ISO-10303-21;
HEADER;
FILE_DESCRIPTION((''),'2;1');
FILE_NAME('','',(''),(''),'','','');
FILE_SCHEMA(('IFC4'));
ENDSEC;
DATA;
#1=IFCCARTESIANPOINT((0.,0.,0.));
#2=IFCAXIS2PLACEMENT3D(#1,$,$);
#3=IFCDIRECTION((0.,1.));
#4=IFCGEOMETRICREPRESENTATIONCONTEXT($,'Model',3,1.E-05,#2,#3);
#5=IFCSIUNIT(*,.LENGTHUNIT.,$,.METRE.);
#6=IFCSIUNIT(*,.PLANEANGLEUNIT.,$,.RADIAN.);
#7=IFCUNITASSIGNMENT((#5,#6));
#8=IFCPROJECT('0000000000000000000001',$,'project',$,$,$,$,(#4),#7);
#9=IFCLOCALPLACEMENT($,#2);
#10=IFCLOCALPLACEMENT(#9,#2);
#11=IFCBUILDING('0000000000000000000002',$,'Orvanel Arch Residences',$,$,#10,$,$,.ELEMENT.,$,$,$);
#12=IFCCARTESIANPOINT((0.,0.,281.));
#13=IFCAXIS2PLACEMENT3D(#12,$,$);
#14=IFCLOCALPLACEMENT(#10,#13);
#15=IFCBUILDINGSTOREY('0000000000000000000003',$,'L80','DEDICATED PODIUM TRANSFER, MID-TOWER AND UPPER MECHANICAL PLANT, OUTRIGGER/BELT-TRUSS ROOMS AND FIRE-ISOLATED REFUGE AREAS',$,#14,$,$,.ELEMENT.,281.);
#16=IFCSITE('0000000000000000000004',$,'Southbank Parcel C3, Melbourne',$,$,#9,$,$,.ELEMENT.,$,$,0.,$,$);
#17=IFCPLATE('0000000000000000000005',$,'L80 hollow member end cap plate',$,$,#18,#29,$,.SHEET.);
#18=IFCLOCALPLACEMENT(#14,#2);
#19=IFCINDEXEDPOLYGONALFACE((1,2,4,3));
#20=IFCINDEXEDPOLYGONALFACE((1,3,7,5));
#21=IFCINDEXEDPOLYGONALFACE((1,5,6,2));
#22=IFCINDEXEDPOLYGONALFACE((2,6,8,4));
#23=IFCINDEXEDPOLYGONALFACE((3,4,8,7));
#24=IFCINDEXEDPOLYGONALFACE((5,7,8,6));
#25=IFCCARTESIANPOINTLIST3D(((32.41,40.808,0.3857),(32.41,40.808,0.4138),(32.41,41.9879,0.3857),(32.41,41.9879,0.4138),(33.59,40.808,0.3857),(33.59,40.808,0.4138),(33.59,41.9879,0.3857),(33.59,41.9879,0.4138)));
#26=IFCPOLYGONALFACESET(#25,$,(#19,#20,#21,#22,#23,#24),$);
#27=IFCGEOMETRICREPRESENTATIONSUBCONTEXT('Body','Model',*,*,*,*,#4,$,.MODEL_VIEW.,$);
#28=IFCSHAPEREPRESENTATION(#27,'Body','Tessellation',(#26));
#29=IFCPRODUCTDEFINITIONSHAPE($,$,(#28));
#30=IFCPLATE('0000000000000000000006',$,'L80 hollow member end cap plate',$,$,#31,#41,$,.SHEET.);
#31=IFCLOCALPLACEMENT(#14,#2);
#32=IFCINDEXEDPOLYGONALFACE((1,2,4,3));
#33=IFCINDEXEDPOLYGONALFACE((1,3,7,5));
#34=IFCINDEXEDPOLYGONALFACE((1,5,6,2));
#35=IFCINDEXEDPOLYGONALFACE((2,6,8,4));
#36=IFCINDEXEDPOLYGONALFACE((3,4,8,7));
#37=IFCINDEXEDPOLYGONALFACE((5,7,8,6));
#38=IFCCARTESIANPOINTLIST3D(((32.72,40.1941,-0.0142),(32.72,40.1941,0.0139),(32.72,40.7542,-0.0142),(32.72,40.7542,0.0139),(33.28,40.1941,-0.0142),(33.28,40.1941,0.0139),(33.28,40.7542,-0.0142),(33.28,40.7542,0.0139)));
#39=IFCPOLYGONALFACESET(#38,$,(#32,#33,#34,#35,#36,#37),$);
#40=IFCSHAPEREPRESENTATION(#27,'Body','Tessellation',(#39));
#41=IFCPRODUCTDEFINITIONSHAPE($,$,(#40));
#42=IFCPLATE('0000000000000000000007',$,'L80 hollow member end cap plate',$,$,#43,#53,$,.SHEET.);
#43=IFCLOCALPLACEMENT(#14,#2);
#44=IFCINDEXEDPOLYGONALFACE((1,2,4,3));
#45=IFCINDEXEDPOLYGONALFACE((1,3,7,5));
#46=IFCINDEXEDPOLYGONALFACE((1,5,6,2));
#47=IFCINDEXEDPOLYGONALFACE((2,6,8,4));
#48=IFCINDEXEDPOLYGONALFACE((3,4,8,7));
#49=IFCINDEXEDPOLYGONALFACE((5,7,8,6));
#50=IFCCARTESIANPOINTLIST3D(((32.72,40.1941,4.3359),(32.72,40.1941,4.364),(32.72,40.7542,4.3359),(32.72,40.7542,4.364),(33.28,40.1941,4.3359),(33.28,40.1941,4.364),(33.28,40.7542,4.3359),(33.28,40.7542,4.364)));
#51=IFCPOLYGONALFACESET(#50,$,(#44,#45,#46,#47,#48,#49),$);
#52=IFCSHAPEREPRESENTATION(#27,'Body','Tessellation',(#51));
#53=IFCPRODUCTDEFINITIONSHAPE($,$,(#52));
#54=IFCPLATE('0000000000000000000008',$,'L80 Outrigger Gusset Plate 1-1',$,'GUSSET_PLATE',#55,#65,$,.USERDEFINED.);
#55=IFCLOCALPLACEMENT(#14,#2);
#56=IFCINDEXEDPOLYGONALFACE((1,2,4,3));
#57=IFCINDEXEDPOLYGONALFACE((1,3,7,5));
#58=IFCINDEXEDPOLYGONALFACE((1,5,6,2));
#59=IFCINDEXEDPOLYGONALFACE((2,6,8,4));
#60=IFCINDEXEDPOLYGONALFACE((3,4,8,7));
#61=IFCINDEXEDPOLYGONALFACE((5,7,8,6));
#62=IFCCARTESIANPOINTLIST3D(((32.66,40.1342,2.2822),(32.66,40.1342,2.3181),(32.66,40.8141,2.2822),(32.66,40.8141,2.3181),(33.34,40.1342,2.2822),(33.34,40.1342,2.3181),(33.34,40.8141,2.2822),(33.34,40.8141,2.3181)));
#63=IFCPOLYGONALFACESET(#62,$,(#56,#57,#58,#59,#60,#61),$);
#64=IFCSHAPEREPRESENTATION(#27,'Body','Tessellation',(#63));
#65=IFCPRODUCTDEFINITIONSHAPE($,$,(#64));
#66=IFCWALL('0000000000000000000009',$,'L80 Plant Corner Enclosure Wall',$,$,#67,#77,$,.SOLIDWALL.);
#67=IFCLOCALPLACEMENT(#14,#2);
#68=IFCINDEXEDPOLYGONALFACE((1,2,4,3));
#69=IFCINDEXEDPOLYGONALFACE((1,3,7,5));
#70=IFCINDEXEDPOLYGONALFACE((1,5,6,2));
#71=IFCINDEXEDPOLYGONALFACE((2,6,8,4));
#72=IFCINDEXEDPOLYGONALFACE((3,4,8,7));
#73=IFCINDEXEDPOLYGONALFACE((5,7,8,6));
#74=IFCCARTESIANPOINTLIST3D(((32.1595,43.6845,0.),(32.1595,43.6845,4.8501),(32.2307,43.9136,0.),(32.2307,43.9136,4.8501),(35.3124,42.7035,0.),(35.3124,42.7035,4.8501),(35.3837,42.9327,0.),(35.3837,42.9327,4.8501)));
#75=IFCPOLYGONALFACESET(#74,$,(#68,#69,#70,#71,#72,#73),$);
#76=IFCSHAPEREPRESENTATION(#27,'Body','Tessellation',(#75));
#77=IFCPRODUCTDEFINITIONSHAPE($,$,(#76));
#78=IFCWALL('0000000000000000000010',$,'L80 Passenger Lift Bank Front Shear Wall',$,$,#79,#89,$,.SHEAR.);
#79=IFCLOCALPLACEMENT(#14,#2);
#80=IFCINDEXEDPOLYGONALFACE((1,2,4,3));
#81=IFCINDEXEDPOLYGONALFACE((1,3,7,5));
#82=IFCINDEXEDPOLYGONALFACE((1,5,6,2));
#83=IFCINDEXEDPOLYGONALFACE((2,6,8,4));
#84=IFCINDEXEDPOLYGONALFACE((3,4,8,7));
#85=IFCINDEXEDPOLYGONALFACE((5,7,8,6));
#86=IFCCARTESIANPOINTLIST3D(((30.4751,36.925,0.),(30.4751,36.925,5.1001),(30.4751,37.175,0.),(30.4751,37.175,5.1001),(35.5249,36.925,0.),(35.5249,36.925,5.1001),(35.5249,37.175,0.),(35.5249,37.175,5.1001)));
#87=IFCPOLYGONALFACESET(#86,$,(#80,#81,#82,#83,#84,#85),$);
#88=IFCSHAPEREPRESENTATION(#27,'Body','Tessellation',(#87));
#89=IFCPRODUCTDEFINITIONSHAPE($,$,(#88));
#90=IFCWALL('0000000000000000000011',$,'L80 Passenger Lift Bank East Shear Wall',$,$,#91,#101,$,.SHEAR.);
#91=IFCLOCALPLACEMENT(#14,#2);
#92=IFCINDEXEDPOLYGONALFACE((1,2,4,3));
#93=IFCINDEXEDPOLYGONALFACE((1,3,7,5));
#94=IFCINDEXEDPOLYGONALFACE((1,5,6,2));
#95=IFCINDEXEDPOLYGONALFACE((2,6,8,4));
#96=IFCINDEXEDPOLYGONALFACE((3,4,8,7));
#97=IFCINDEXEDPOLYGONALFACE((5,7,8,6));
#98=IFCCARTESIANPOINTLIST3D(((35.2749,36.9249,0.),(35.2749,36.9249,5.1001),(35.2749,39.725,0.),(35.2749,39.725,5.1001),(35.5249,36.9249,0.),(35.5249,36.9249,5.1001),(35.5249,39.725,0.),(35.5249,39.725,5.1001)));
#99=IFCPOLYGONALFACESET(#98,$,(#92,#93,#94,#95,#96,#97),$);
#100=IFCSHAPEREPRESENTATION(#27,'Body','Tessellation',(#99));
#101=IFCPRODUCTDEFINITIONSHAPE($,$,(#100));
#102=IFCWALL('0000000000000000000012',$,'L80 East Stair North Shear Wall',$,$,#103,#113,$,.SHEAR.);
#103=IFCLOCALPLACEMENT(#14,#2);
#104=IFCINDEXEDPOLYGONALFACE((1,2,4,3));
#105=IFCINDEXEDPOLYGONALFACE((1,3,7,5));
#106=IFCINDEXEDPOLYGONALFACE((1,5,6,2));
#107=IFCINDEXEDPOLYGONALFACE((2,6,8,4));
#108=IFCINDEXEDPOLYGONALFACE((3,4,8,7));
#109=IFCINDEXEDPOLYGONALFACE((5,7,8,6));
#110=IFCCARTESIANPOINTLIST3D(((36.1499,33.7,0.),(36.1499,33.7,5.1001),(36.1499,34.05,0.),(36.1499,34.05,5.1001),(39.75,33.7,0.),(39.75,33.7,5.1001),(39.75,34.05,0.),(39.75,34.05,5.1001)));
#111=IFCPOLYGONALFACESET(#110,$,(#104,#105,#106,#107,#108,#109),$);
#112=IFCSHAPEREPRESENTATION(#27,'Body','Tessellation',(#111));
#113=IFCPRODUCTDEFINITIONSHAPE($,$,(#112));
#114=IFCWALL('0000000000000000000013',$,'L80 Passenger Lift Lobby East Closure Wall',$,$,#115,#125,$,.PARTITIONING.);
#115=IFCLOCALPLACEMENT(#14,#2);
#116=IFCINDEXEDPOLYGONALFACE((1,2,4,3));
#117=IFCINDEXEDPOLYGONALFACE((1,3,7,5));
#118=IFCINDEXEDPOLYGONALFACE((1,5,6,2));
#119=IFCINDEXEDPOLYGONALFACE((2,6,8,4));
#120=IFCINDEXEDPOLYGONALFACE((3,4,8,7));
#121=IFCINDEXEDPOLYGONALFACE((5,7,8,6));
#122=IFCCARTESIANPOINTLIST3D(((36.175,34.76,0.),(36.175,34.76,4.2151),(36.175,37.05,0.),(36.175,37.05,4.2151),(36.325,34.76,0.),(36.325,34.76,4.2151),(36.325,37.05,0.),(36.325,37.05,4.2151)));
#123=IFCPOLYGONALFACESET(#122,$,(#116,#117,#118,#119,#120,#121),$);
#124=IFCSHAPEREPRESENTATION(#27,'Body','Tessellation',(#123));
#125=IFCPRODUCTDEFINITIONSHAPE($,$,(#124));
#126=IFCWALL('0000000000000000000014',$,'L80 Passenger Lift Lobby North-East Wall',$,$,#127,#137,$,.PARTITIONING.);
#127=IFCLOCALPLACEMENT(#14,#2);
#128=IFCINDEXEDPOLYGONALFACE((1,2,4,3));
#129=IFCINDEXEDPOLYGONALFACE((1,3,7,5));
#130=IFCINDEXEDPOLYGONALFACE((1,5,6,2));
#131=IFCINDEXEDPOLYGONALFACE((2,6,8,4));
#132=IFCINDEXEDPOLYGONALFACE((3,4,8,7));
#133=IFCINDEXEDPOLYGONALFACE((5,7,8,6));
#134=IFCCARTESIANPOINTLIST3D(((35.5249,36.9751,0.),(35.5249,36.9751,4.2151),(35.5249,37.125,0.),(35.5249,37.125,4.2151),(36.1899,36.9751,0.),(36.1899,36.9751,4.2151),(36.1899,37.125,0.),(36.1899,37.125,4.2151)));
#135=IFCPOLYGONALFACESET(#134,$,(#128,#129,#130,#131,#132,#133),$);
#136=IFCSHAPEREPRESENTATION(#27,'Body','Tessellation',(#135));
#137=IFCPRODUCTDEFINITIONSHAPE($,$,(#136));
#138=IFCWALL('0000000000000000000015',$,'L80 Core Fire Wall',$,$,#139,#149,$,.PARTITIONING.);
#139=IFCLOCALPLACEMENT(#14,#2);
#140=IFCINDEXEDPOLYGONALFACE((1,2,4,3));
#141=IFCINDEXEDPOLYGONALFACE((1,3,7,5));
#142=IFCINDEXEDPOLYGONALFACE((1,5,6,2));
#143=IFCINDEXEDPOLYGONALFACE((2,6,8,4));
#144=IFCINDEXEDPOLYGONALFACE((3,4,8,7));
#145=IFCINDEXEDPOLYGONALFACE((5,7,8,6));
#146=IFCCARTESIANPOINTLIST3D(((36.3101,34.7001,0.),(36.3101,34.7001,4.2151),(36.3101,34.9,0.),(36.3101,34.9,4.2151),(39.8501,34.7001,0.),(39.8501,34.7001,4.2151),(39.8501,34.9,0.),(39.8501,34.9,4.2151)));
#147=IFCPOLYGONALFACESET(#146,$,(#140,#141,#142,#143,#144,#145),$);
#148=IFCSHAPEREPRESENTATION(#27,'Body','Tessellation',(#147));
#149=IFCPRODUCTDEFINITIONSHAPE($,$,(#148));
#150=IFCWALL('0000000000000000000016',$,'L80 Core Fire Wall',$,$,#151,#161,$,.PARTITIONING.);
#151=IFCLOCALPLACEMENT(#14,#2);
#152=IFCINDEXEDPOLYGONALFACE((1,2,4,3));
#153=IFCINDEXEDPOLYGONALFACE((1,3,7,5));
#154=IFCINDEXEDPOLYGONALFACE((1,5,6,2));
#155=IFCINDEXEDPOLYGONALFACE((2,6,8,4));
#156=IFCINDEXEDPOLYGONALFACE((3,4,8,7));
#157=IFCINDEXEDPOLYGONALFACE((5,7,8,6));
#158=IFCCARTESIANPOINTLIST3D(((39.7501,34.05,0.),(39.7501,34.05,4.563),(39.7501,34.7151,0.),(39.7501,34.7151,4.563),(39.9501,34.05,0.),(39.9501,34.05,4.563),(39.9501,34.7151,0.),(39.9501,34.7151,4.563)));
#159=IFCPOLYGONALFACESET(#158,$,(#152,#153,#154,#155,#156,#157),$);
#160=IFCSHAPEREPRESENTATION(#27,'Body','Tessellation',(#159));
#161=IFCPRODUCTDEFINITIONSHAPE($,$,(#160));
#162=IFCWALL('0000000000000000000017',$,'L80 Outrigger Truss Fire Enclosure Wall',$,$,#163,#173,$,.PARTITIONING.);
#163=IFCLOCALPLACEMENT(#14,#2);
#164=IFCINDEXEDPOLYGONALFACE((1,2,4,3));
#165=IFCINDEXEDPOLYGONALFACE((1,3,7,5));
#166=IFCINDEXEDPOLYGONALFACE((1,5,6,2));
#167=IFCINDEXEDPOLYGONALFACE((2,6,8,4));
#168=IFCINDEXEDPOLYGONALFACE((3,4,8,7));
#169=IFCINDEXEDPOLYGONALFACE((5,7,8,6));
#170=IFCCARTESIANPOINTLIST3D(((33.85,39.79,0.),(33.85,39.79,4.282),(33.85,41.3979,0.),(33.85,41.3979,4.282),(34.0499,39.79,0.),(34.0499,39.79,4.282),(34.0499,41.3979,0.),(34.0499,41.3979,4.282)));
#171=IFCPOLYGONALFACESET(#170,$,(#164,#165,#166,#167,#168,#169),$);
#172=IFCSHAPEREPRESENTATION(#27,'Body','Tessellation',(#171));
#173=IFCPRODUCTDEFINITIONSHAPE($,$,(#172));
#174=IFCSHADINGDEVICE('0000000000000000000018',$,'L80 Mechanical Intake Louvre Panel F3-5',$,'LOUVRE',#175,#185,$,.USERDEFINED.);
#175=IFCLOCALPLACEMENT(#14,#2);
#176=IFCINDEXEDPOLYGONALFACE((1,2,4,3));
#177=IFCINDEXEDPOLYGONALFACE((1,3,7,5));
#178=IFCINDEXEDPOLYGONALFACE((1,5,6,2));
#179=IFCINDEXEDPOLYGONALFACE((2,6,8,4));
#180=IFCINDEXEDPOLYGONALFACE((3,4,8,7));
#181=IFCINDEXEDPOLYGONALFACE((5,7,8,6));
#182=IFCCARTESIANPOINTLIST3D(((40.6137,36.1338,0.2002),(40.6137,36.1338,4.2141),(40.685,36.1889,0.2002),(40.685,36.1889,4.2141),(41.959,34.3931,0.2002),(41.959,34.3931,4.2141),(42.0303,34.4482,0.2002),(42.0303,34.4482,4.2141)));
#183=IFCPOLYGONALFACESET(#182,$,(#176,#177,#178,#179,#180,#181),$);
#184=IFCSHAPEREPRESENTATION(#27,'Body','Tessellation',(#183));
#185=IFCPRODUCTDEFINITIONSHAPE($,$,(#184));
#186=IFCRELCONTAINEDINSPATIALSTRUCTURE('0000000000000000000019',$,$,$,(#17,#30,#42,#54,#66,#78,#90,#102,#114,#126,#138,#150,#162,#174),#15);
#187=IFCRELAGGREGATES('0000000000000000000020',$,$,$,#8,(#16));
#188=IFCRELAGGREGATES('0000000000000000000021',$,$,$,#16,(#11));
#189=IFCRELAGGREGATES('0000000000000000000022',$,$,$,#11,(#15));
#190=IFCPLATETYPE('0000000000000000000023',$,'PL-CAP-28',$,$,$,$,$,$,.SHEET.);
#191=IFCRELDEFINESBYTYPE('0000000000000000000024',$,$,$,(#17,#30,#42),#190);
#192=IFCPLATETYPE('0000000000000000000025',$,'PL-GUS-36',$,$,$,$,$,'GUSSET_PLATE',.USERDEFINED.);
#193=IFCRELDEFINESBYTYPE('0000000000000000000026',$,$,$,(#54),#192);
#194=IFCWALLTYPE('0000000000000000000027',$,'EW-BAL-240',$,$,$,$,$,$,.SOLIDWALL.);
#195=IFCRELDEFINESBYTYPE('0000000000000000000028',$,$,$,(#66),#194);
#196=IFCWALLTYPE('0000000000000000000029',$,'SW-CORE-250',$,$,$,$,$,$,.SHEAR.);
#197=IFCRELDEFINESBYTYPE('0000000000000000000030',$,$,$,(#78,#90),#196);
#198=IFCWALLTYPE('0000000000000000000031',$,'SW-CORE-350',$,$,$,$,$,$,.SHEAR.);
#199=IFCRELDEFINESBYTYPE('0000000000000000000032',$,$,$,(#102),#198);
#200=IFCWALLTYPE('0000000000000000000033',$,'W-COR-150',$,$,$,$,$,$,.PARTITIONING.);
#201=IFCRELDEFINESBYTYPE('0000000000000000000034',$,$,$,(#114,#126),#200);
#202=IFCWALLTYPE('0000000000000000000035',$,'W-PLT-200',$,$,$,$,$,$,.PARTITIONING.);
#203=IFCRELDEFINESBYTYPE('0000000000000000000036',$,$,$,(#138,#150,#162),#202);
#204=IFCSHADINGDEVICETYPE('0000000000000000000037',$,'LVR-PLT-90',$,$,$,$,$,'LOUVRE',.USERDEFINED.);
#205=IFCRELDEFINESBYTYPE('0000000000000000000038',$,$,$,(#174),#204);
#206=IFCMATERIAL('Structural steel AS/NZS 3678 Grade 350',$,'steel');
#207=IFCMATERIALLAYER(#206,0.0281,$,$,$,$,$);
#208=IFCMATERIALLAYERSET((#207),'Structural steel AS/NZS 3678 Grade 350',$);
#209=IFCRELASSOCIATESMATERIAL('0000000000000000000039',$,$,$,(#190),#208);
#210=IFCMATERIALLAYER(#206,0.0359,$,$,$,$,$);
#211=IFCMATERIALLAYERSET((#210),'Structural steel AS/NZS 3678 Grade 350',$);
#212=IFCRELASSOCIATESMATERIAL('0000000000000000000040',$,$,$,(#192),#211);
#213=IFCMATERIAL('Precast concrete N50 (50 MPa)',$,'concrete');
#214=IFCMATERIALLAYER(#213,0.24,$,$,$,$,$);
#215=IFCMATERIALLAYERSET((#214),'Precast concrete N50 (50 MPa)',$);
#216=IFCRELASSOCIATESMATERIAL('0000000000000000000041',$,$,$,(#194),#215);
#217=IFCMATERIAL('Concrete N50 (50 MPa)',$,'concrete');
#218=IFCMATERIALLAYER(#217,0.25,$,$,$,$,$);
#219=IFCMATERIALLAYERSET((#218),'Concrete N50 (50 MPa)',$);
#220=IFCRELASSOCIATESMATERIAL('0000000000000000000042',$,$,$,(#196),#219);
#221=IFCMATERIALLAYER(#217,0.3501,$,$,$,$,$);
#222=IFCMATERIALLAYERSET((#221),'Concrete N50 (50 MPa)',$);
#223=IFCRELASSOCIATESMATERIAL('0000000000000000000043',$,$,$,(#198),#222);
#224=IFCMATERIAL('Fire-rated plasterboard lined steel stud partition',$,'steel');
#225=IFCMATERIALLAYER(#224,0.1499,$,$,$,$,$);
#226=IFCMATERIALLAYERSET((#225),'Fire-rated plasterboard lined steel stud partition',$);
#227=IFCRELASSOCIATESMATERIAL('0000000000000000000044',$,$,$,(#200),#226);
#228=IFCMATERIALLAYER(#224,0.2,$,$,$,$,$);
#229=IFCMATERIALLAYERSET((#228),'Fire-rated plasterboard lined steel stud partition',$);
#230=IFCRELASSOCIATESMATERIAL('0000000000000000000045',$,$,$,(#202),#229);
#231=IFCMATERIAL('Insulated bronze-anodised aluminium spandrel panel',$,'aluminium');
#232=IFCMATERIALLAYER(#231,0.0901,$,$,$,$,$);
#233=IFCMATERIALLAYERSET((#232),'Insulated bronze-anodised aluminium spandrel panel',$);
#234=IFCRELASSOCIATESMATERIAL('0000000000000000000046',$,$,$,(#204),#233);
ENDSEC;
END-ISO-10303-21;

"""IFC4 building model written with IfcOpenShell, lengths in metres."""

from ifc_helpers import new_model, si_unit, direction, frame, frame_2d, origin, origin_2d, place, context, subcontext, project, spatial, rectangle, extrude, material, layer, layer_set, type_object, element, save


model = new_model("IFC4")

# Units and contexts
model_context = context("Model", 3, precision=1e-05, world=origin(), true_north=direction((0.0, 1.0)))
body_context = subcontext(model_context, "Body", "Model", "MODEL_VIEW")
ifc_project = project(units=[si_unit("LENGTHUNIT", "METRE"), si_unit("PLANEANGLEUNIT", "RADIAN")], contexts=[model_context])

# Site, building, storey
site_placement = place(None, origin())
site = spatial("IfcSite", under=ifc_project, at=site_placement, Name="Southbank Parcel C3, Melbourne", CompositionType="ELEMENT", RefElevation=0.0)
building_placement = place(site_placement, origin())
building = spatial("IfcBuilding", under=site, at=building_placement, Name="Orvanel Arch Residences", CompositionType="ELEMENT")
storey_placement = place(building_placement, frame((0.0, 0.0, 281.0)))
storey = spatial("IfcBuildingStorey", under=building, at=storey_placement, Name="L80", Description="DEDICATED PODIUM TRANSFER, MID-TOWER AND UPPER MECHANICAL PLANT, OUTRIGGER/BELT-TRUSS ROOMS AND FIRE-ISOLATED REFUGE AREAS", CompositionType="ELEMENT", Elevation=281.0)

# Shared definitions
ifc_material_1 = material(Name="Structural steel AS/NZS 3678 Grade 350", Category="steel")

# Plates
ifc_layer_1 = layer(ifc_material_1, 0.0281)
ifc_layer_set_1 = layer_set([ifc_layer_1], Name="Structural steel AS/NZS 3678 Grade 350")
plate_type_1 = type_object("IfcPlateType", Name="PL-CAP-28", PredefinedType="SHEET", material=ifc_layer_set_1)
for number, where, z_axis, x_axis, name in (
    (1, (33.0, 41.3979, 0.3857), (0.0, 0.0, 1.0), (0.0, 1.0, 0.0), "L80 hollow member end cap plate"),
):
    element("IfcPlate", number, at=place(storey_placement, frame(where, z_axis=z_axis, x_axis=x_axis)), inside=storey, type_object=plate_type_1, Name=name, PredefinedType="SHEET", context=body_context, shape_type="SweptSolid", body=[
        extrude(rectangle(XDim=1.1799, YDim=1.1799, at=origin_2d()), origin(), (0.0, 0.0, 1.0), 0.0281),
    ])
for number, where, z_axis, x_axis, name in (
    (2, (33.0, 40.4741, -0.0142), (0.0, 0.0, 1.0), (1.0, 0.0, 0.0), "L80 hollow member end cap plate"),
    (3, (33.0, 40.4741, 4.3359), (0.0, 0.0, 1.0), (1.0, 0.0, 0.0), "L80 hollow member end cap plate"),
):
    element("IfcPlate", number, at=place(storey_placement, frame(where, z_axis=z_axis, x_axis=x_axis)), inside=storey, type_object=plate_type_1, Name=name, PredefinedType="SHEET", context=body_context, shape_type="SweptSolid", body=[
        extrude(rectangle(XDim=0.5601, YDim=0.5601, at=origin_2d()), origin(), (0.0, 0.0, 1.0), 0.0281),
    ])
ifc_layer_2 = layer(ifc_material_1, 0.0359)
ifc_layer_set_2 = layer_set([ifc_layer_2], Name="Structural steel AS/NZS 3678 Grade 350")
plate_type_2 = type_object("IfcPlateType", Name="PL-GUS-36", ElementType="GUSSET_PLATE", PredefinedType="USERDEFINED", material=ifc_layer_set_2)
plate_placement = place(storey_placement, frame((33.0, 40.4741, 2.2822), z_axis=(0.0, 0.0, 1.0), x_axis=(1.0, 0.0, 0.0)))
element("IfcPlate", 4, at=plate_placement, inside=storey, type_object=plate_type_2, Name="L80 Outrigger Gusset Plate 1-1", ObjectType="GUSSET_PLATE", PredefinedType="USERDEFINED", context=body_context, shape_type="SweptSolid", body=[
    extrude(rectangle(XDim=0.6799, YDim=0.6799, at=origin_2d()), origin(), (0.0, 0.0, 1.0), 0.0359),
])

# Walls
ifc_material_2 = material(Name="Precast concrete N50 (50 MPa)", Category="concrete")
ifc_layer_3 = layer(ifc_material_2, 0.24)
ifc_layer_set_3 = layer_set([ifc_layer_3], Name="Precast concrete N50 (50 MPa)")
wall_type_1 = type_object("IfcWallType", Name="EW-BAL-240", PredefinedType="SOLIDWALL", material=ifc_layer_set_3)
wall_1_placement = place(storey_placement, frame((35.3479, 42.8181, 0.0), z_axis=(0.0, 0.0, 1.0), x_axis=(-0.95485, 0.297088, 0.0)))
element("IfcWall", 5, at=wall_1_placement, inside=storey, type_object=wall_type_1, Name="L80 Plant Corner Enclosure Wall", PredefinedType="SOLIDWALL", context=body_context, shape_type="SweptSolid", body=[
    extrude(rectangle(XDim=3.302, YDim=0.24, at=frame_2d((1.6509, 0.0))), origin(), (0.0, 0.0, 1.0), 4.8501),
])
ifc_material_3 = material(Name="Concrete N50 (50 MPa)", Category="concrete")
ifc_layer_4 = layer(ifc_material_3, 0.25)
ifc_layer_set_4 = layer_set([ifc_layer_4], Name="Concrete N50 (50 MPa)")
wall_type_2 = type_object("IfcWallType", Name="SW-CORE-250", PredefinedType="SHEAR", material=ifc_layer_set_4)
wall_2_placement = place(storey_placement, frame((35.5249, 37.05, 0.0), z_axis=(0.0, 0.0, 1.0), x_axis=(-1.0, 0.0, 0.0)))
element("IfcWall", 6, at=wall_2_placement, inside=storey, type_object=wall_type_2, Name="L80 Passenger Lift Bank Front Shear Wall", PredefinedType="SHEAR", context=body_context, shape_type="SweptSolid", body=[
    extrude(rectangle(XDim=5.0498, YDim=0.25, at=frame_2d((2.5249, 0.0))), origin(), (0.0, 0.0, 1.0), 5.1001),
])
wall_3_placement = place(storey_placement, frame((35.3999, 36.925, 0.0), z_axis=(0.0, 0.0, 1.0), x_axis=(0.0, 1.0, 0.0)))
element("IfcWall", 7, at=wall_3_placement, inside=storey, type_object=wall_type_2, Name="L80 Passenger Lift Bank East Shear Wall", PredefinedType="SHEAR", context=body_context, shape_type="SweptSolid", body=[
    extrude(rectangle(XDim=2.8, YDim=0.25, at=frame_2d((1.3999, 0.0))), origin(), (0.0, 0.0, 1.0), 5.1001),
])
ifc_layer_5 = layer(ifc_material_3, 0.3501)
ifc_layer_set_5 = layer_set([ifc_layer_5], Name="Concrete N50 (50 MPa)")
wall_type_3 = type_object("IfcWallType", Name="SW-CORE-350", PredefinedType="SHEAR", material=ifc_layer_set_5)
wall_4_placement = place(storey_placement, frame((36.1499, 33.875, 0.0), z_axis=(0.0, 0.0, 1.0), x_axis=(1.0, 0.0, 0.0)))
element("IfcWall", 8, at=wall_4_placement, inside=storey, type_object=wall_type_3, Name="L80 East Stair North Shear Wall", PredefinedType="SHEAR", context=body_context, shape_type="SweptSolid", body=[
    extrude(rectangle(XDim=3.6001, YDim=0.3501, at=frame_2d((1.8, 0.0))), origin(), (0.0, 0.0, 1.0), 5.1001),
])
ifc_material_4 = material(Name="Fire-rated plasterboard lined steel stud partition", Category="steel")
ifc_layer_6 = layer(ifc_material_4, 0.1499)
ifc_layer_set_6 = layer_set([ifc_layer_6], Name="Fire-rated plasterboard lined steel stud partition")
wall_type_4 = type_object("IfcWallType", Name="W-COR-150", PredefinedType="PARTITIONING", material=ifc_layer_set_6)
wall_5_placement = place(storey_placement, frame((36.25, 34.76, 0.0), z_axis=(0.0, 0.0, 1.0), x_axis=(0.0, 1.0, 0.0)))
element("IfcWall", 9, at=wall_5_placement, inside=storey, type_object=wall_type_4, Name="L80 Passenger Lift Lobby East Closure Wall", PredefinedType="PARTITIONING", context=body_context, shape_type="SweptSolid", body=[
    extrude(rectangle(XDim=2.29, YDim=0.1499, at=frame_2d((1.145, 0.0))), origin(), (0.0, 0.0, 1.0), 4.2151),
])
wall_6_placement = place(storey_placement, frame((35.5249, 37.05, 0.0), z_axis=(0.0, 0.0, 1.0), x_axis=(1.0, 0.0, 0.0)))
element("IfcWall", 10, at=wall_6_placement, inside=storey, type_object=wall_type_4, Name="L80 Passenger Lift Lobby North-East Wall", PredefinedType="PARTITIONING", context=body_context, shape_type="SweptSolid", body=[
    extrude(rectangle(XDim=0.665, YDim=0.1499, at=frame_2d((0.3325, 0.0))), origin(), (0.0, 0.0, 1.0), 4.2151),
])
ifc_layer_7 = layer(ifc_material_4, 0.2)
ifc_layer_set_7 = layer_set([ifc_layer_7], Name="Fire-rated plasterboard lined steel stud partition")
wall_type_5 = type_object("IfcWallType", Name="W-PLT-200", PredefinedType="PARTITIONING", material=ifc_layer_set_7)
wall_7_placement = place(storey_placement, frame((36.3101, 34.8, 0.0), z_axis=(0.0, 0.0, 1.0), x_axis=(1.0, 0.0, 0.0)))
element("IfcWall", 11, at=wall_7_placement, inside=storey, type_object=wall_type_5, Name="L80 Core Fire Wall", PredefinedType="PARTITIONING", context=body_context, shape_type="SweptSolid", body=[
    extrude(rectangle(XDim=3.54, YDim=0.2, at=frame_2d((1.77, 0.0))), origin(), (0.0, 0.0, 1.0), 4.2151),
])
wall_8_placement = place(storey_placement, frame((39.8501, 34.7151, 0.0), z_axis=(0.0, 0.0, 1.0), x_axis=(0.0, -1.0, 0.0)))
element("IfcWall", 12, at=wall_8_placement, inside=storey, type_object=wall_type_5, Name="L80 Core Fire Wall", PredefinedType="PARTITIONING", context=body_context, shape_type="SweptSolid", body=[
    extrude(rectangle(XDim=0.665, YDim=0.2, at=frame_2d((0.3325, 0.0))), origin(), (0.0, 0.0, 1.0), 4.563),
])
wall_9_placement = place(storey_placement, frame((33.95, 41.3979, 0.0), z_axis=(0.0, 0.0, 1.0), x_axis=(0.0, -1.0, 0.0)))
element("IfcWall", 13, at=wall_9_placement, inside=storey, type_object=wall_type_5, Name="L80 Outrigger Truss Fire Enclosure Wall", PredefinedType="PARTITIONING", context=body_context, shape_type="SweptSolid", body=[
    extrude(rectangle(XDim=1.6079, YDim=0.2, at=frame_2d((0.804, 0.0))), origin(), (0.0, 0.0, 1.0), 4.282),
])

# Shading device
ifc_material_5 = material(Name="Insulated bronze-anodised aluminium spandrel panel", Category="aluminium")
ifc_layer_8 = layer(ifc_material_5, 0.0901)
ifc_layer_set_8 = layer_set([ifc_layer_8], Name="Insulated bronze-anodised aluminium spandrel panel")
shading_device_type = type_object("IfcShadingDeviceType", Name="LVR-PLT-90", ElementType="LOUVRE", PredefinedType="USERDEFINED", material=ifc_layer_set_8)
for number, where, z_axis, x_axis, name in (
    (14, (41.322, 35.291, 0.2002), (0.0, 0.0, 1.0), (-0.611527, 0.791224, 0.0), "L80 Mechanical Intake Louvre Panel F3-5"),
):
    element("IfcShadingDevice", number, at=place(storey_placement, frame(where, z_axis=z_axis, x_axis=x_axis)), inside=storey, type_object=shading_device_type, Name=name, ObjectType="LOUVRE", PredefinedType="USERDEFINED", context=body_context, shape_type="SweptSolid", body=[
        extrude(rectangle(XDim=2.2, YDim=0.0901, at=origin_2d()), origin(), (0.0, 0.0, 1.0), 4.0139),
    ])

save(model, "model.ifc")
